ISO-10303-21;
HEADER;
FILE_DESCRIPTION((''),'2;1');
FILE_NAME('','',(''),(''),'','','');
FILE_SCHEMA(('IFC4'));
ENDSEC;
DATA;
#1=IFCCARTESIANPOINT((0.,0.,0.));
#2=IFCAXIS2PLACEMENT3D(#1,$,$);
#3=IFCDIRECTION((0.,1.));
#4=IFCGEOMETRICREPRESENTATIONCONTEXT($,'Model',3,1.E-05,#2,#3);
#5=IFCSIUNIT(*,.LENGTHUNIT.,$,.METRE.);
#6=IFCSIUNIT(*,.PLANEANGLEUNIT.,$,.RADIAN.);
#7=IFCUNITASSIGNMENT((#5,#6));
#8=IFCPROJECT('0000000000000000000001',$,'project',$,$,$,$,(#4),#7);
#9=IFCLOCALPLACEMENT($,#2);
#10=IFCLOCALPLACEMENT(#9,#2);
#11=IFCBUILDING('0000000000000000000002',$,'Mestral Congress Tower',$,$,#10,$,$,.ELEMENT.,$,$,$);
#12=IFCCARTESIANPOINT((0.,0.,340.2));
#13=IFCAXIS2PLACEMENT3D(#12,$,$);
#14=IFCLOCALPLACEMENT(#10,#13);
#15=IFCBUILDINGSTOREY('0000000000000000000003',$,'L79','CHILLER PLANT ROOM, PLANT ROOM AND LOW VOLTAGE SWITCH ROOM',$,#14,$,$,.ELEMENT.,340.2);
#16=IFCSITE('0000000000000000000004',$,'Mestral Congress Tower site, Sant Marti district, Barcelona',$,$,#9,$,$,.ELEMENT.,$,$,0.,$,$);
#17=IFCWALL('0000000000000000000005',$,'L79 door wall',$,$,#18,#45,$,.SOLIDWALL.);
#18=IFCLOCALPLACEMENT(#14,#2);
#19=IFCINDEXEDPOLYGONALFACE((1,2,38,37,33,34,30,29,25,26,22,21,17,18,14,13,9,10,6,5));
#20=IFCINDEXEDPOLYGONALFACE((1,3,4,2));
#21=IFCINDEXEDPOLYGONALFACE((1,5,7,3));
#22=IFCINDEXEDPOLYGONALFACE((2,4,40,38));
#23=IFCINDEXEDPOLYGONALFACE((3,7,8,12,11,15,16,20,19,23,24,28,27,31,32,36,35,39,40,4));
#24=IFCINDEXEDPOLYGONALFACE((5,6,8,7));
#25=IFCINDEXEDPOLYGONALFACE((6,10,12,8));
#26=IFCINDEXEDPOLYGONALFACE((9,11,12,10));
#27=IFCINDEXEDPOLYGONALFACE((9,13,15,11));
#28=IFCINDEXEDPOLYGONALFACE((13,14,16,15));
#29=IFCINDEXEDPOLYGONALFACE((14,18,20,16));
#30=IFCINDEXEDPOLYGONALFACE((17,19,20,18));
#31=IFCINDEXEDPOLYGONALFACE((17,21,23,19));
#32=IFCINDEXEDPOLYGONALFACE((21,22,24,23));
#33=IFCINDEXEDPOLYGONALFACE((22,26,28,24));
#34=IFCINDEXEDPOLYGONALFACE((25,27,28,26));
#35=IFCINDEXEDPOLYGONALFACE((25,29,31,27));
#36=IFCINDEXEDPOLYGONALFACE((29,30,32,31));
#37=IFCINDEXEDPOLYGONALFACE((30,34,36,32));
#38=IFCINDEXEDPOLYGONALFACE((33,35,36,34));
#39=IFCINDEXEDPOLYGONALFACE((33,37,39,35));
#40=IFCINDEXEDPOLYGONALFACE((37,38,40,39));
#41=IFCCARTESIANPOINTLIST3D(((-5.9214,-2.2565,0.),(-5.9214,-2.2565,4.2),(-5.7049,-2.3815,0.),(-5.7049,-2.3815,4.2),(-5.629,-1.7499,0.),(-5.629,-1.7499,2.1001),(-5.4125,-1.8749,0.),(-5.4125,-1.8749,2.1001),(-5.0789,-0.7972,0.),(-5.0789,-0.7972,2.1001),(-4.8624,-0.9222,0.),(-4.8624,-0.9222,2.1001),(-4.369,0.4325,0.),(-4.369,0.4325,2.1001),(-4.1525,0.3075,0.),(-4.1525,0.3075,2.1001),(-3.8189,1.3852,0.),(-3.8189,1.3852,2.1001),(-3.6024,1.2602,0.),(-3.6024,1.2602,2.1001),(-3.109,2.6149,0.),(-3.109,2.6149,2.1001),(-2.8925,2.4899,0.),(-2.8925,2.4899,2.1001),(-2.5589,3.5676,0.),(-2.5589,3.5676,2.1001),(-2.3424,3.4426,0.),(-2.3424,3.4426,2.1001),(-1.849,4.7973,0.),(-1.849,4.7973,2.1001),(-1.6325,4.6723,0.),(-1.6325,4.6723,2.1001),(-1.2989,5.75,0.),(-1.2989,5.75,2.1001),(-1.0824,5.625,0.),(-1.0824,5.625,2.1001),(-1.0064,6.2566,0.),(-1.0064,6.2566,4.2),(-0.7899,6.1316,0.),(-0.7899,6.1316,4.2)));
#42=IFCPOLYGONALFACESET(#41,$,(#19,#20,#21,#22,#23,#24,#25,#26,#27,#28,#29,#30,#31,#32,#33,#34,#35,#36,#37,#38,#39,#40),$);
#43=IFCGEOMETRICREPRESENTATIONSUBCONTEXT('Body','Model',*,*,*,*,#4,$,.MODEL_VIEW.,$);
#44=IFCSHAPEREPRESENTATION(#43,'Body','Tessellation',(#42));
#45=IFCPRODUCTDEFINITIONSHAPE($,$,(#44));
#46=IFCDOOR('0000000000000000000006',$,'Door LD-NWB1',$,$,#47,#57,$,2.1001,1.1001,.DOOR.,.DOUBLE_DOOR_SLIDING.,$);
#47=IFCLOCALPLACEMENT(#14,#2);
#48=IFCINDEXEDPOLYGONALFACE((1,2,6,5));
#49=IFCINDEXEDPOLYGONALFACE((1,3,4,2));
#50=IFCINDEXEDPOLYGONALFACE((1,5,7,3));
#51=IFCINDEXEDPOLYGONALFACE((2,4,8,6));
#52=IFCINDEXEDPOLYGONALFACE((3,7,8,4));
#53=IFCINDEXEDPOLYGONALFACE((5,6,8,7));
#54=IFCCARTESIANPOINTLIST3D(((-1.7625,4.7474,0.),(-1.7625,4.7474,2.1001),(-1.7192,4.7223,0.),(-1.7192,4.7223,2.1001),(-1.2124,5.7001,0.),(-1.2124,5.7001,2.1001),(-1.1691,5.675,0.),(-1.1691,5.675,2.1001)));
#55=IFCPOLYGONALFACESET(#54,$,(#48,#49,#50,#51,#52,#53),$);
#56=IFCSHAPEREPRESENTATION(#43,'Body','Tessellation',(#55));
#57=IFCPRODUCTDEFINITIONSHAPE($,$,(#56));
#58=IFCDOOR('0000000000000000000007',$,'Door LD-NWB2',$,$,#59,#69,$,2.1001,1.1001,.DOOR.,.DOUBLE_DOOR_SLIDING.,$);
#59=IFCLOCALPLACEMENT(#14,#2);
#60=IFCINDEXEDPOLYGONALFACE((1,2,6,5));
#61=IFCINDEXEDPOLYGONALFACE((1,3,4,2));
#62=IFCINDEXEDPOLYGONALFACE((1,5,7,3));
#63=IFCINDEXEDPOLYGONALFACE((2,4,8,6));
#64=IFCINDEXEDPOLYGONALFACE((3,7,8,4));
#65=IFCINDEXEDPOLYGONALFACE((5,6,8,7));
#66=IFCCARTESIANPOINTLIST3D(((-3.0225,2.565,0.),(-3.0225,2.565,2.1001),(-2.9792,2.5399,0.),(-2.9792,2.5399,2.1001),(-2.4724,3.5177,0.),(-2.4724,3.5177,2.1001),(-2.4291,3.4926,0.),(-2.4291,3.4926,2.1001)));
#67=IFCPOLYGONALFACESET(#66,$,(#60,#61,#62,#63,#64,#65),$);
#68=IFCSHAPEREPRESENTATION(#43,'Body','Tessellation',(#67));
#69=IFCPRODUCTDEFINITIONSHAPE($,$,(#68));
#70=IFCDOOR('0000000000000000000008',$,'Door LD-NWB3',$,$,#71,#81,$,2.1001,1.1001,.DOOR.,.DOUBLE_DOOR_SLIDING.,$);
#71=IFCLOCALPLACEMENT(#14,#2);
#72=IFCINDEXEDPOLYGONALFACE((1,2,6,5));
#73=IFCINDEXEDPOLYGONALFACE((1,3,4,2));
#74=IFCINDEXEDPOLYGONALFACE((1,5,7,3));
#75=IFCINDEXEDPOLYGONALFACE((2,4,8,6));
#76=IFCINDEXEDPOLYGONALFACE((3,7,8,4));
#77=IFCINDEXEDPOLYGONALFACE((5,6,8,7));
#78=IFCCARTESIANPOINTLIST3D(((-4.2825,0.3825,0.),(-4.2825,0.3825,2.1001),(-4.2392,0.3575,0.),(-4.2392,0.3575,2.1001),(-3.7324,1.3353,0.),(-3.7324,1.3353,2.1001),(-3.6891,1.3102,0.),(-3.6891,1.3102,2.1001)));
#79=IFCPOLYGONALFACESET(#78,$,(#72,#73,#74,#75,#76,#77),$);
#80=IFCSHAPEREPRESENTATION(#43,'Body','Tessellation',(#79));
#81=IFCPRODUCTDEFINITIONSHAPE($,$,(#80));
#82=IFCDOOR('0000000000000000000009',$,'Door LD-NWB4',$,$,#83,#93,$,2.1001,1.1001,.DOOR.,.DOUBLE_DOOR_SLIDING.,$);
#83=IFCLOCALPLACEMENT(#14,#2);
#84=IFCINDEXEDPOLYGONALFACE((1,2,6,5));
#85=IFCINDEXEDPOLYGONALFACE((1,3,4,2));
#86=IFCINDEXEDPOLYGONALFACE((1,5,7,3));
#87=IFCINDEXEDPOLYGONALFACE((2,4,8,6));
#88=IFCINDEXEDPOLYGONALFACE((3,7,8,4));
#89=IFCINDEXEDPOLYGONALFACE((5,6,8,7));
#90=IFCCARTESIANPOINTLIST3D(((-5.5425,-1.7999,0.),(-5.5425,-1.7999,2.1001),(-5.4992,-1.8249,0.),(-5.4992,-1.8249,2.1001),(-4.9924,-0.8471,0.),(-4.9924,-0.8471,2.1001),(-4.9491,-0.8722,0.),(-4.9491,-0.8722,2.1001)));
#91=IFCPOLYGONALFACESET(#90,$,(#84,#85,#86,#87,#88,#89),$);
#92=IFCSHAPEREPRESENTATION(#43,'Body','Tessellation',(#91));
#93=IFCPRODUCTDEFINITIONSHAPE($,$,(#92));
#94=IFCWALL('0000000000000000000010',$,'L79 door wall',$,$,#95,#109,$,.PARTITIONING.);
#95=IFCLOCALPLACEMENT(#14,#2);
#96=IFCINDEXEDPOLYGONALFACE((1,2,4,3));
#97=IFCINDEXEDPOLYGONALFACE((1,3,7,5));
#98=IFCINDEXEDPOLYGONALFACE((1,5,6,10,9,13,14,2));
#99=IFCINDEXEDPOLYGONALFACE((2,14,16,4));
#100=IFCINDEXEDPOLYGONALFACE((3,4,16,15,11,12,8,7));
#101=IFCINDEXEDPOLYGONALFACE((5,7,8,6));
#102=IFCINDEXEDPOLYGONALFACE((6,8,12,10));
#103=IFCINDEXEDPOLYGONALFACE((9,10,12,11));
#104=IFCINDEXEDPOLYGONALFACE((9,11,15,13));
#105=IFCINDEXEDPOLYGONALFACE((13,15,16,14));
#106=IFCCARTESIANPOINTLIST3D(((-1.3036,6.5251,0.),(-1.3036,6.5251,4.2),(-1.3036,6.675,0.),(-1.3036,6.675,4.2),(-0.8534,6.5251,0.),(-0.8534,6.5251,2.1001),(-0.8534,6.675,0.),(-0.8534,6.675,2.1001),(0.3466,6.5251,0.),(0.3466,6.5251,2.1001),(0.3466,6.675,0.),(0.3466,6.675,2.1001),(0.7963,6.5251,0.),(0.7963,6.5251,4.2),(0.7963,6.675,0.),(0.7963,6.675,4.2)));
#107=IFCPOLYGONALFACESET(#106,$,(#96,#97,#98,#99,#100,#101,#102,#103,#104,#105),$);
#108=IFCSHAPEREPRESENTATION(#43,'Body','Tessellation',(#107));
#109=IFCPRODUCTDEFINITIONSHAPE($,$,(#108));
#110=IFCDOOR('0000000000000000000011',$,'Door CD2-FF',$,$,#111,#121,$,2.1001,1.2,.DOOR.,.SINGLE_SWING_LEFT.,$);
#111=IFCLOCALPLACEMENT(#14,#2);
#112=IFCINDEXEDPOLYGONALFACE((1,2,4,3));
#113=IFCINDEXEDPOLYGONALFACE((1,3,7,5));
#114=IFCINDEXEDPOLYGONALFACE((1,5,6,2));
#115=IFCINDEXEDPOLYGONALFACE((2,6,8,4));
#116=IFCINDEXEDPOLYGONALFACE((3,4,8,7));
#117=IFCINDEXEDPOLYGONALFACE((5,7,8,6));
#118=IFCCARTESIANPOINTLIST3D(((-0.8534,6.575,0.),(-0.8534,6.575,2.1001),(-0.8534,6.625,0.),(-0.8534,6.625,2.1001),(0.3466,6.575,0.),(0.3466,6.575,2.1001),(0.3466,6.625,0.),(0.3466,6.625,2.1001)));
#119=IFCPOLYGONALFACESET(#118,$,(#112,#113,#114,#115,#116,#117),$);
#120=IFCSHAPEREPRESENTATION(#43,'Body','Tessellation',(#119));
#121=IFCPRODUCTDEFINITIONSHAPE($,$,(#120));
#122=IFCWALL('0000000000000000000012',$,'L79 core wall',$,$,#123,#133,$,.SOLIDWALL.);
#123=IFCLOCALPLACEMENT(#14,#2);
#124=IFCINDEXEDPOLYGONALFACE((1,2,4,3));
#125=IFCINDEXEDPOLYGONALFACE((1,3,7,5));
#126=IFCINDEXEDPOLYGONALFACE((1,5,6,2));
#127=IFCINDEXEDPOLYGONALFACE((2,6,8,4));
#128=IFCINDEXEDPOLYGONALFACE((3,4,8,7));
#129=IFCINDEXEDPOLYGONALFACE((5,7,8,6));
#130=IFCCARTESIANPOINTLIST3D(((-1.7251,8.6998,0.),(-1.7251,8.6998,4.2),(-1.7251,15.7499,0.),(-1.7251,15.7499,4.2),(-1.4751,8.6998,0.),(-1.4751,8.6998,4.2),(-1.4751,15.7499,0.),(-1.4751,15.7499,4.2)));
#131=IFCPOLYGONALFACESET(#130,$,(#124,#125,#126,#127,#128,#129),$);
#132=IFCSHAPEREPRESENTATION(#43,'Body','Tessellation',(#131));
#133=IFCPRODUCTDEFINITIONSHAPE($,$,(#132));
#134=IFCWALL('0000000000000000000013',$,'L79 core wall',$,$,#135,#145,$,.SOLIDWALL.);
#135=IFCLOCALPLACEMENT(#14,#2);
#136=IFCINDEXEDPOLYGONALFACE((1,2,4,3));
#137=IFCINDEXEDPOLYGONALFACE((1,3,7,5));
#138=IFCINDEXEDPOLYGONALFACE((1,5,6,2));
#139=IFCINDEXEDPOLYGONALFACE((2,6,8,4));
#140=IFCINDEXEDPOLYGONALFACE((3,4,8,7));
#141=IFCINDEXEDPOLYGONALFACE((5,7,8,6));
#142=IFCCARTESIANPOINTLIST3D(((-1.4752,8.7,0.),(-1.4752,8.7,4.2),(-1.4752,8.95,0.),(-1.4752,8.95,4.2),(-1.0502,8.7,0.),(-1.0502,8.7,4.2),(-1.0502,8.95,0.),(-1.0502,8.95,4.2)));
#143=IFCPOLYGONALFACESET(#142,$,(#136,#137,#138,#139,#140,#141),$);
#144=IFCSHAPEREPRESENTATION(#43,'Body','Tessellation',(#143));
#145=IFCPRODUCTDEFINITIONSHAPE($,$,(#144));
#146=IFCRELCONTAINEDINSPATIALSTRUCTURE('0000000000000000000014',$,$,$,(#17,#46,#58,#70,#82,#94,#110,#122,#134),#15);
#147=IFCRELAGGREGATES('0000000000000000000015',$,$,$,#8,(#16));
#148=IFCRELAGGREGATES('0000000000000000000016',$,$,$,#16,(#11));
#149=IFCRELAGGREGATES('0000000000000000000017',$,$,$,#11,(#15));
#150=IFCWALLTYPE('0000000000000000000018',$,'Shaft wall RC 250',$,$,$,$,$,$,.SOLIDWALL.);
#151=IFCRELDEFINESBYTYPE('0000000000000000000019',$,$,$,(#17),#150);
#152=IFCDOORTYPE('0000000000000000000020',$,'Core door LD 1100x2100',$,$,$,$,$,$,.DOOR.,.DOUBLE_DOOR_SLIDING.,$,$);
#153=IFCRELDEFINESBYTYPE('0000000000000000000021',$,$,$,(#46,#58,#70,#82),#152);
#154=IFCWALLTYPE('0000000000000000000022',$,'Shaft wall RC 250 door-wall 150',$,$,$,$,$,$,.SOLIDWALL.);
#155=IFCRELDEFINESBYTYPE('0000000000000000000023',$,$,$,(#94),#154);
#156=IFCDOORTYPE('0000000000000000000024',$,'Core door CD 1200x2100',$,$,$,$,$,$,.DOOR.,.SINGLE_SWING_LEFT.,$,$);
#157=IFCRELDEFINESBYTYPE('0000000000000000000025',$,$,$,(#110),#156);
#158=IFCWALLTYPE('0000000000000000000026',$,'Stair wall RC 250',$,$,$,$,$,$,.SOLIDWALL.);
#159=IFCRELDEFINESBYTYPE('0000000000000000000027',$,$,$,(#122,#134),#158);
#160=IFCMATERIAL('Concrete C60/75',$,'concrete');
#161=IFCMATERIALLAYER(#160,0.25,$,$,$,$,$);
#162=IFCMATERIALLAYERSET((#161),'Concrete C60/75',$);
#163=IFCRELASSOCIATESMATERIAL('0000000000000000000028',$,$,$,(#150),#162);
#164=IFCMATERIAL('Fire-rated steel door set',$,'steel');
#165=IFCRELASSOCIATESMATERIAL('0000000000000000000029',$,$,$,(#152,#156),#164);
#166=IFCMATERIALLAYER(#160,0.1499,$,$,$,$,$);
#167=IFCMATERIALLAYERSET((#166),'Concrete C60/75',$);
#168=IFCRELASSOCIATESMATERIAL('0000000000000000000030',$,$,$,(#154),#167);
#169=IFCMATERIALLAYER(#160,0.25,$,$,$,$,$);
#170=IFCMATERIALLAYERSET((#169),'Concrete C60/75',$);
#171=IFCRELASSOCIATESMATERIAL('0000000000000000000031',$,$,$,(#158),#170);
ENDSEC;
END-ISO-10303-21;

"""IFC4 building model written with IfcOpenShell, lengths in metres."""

from ifc_helpers import new_model, si_unit, direction, frame, frame_2d, origin, place, context, subcontext, project, spatial, rectangle, extrude, material, layer, layer_set, type_object, element, fill, save


model = new_model("IFC4")

# Units and contexts
model_context = context("Model", 3, precision=1e-05, world=origin(), true_north=direction((0.0, 1.0)))
body_context = subcontext(model_context, "Body", "Model", "MODEL_VIEW")
ifc_project = project(units=[si_unit("LENGTHUNIT", "METRE"), si_unit("PLANEANGLEUNIT", "RADIAN")], contexts=[model_context])

# Site, building, storey
site_placement = place(None, origin())
site = spatial("IfcSite", under=ifc_project, at=site_placement, Name="Mestral Congress Tower site, Sant Marti district, Barcelona", CompositionType="ELEMENT", RefElevation=0.0)
building_placement = place(site_placement, origin())
building = spatial("IfcBuilding", under=site, at=building_placement, Name="Mestral Congress Tower", CompositionType="ELEMENT")
storey_placement = place(building_placement, frame((0.0, 0.0, 340.2)))
storey = spatial("IfcBuildingStorey", under=building, at=storey_placement, Name="L79", Description="CHILLER PLANT ROOM, PLANT ROOM AND LOW VOLTAGE SWITCH ROOM", CompositionType="ELEMENT", Elevation=340.2)

# Shared definitions
ifc_material_1 = material(Name="Concrete C60/75", Category="concrete")

# Shared definitions
ifc_layer_1 = layer(ifc_material_1, 0.25)
ifc_layer_set_1 = layer_set([ifc_layer_1], Name="Concrete C60/75")
wall_type_1 = type_object("IfcWallType", Name="Shaft wall RC 250", PredefinedType="SOLIDWALL", material=ifc_layer_set_1)

# Wall, openings, doors
wall_1_placement = place(storey_placement, frame((-0.8982, 6.1941, 0.0), z_axis=(0.0, 0.0, 1.0), x_axis=(-0.499996, -0.866028, 0.0)))
wall_1 = element("IfcWall", 1, at=wall_1_placement, inside=storey, type_object=wall_type_1, Name="L79 door wall", PredefinedType="SOLIDWALL", context=body_context, shape_type="SweptSolid", body=[
    extrude(rectangle(XDim=9.8301, YDim=0.25, at=frame_2d((4.915, 0.0))), origin(), (0.0, 0.0, 1.0), 4.2),
])
opening_1_placement = place(wall_1_placement, frame((0.585, 0.0, 0.0)))
opening_1 = element("IfcOpeningElement", 2, at=opening_1_placement, cuts=wall_1, PredefinedType="OPENING", context=body_context, shape_type="SweptSolid", body=[
    extrude(rectangle(XDim=1.1001, YDim=2.1001, at=frame_2d((0.55, 1.05))), frame((0.0, 0.135, 0.0), z_axis=(0.0, -1.0, 0.0), x_axis=(1.0, 0.0, 0.0)), (0.0, 0.0, 1.0), 0.27),
])
opening_2_placement = place(wall_1_placement, frame((3.105, 0.0, 0.0)))
opening_2 = element("IfcOpeningElement", 3, at=opening_2_placement, cuts=wall_1, PredefinedType="OPENING", context=body_context, shape_type="SweptSolid", body=[
    extrude(rectangle(XDim=1.1001, YDim=2.1001, at=frame_2d((0.55, 1.05))), frame((0.0, 0.135, 0.0), z_axis=(0.0, -1.0, 0.0), x_axis=(1.0, 0.0, 0.0)), (0.0, 0.0, 1.0), 0.27),
])
opening_3_placement = place(wall_1_placement, frame((5.625, 0.0, 0.0)))
opening_3 = element("IfcOpeningElement", 4, at=opening_3_placement, cuts=wall_1, PredefinedType="OPENING", context=body_context, shape_type="SweptSolid", body=[
    extrude(rectangle(XDim=1.1001, YDim=2.1001, at=frame_2d((0.55, 1.05))), frame((0.0, 0.135, 0.0), z_axis=(0.0, -1.0, 0.0), x_axis=(1.0, 0.0, 0.0)), (0.0, 0.0, 1.0), 0.27),
])
opening_4_placement = place(wall_1_placement, frame((8.145, 0.0, 0.0)))
opening_4 = element("IfcOpeningElement", 5, at=opening_4_placement, cuts=wall_1, PredefinedType="OPENING", context=body_context, shape_type="SweptSolid", body=[
    extrude(rectangle(XDim=1.1001, YDim=2.1001, at=frame_2d((0.55, 1.05))), frame((0.0, 0.135, 0.0), z_axis=(0.0, -1.0, 0.0), x_axis=(1.0, 0.0, 0.0)), (0.0, 0.0, 1.0), 0.27),
])
ifc_material_2 = material(Name="Fire-rated steel door set", Category="steel")
door_type_1 = type_object("IfcDoorType", Name="Core door LD 1100x2100", OperationType="DOUBLE_DOOR_SLIDING", PredefinedType="DOOR", material=ifc_material_2)
door_1_placement = place(opening_1_placement, origin())
door_1 = element("IfcDoor", 6, at=door_1_placement, inside=storey, type_object=door_type_1, Name="Door LD-NWB1", OperationType="DOUBLE_DOOR_SLIDING", OverallHeight=2.1001, OverallWidth=1.1001, PredefinedType="DOOR", context=body_context, shape_type="SweptSolid", body=[
    extrude(rectangle(XDim=1.1001, YDim=2.1001, at=frame_2d((0.55, 1.05))), frame((0.0, 0.0249, 0.0), z_axis=(0.0, -1.0, 0.0), x_axis=(1.0, 0.0, 0.0)), (0.0, 0.0, 1.0), 0.05),
])
fill(opening_1, door_1)
door_2_placement = place(opening_2_placement, origin())
door_2 = element("IfcDoor", 7, at=door_2_placement, inside=storey, type_object=door_type_1, Name="Door LD-NWB2", OperationType="DOUBLE_DOOR_SLIDING", OverallHeight=2.1001, OverallWidth=1.1001, PredefinedType="DOOR", context=body_context, shape_type="SweptSolid", body=[
    extrude(rectangle(XDim=1.1001, YDim=2.1001, at=frame_2d((0.55, 1.05))), frame((0.0, 0.0249, 0.0), z_axis=(0.0, -1.0, 0.0), x_axis=(1.0, 0.0, 0.0)), (0.0, 0.0, 1.0), 0.05),
])
fill(opening_2, door_2)
door_3_placement = place(opening_3_placement, origin())
door_3 = element("IfcDoor", 8, at=door_3_placement, inside=storey, type_object=door_type_1, Name="Door LD-NWB3", OperationType="DOUBLE_DOOR_SLIDING", OverallHeight=2.1001, OverallWidth=1.1001, PredefinedType="DOOR", context=body_context, shape_type="SweptSolid", body=[
    extrude(rectangle(XDim=1.1001, YDim=2.1001, at=frame_2d((0.55, 1.05))), frame((0.0, 0.0249, 0.0), z_axis=(0.0, -1.0, 0.0), x_axis=(1.0, 0.0, 0.0)), (0.0, 0.0, 1.0), 0.05),
])
fill(opening_3, door_3)
door_4_placement = place(opening_4_placement, origin())
door_4 = element("IfcDoor", 9, at=door_4_placement, inside=storey, type_object=door_type_1, Name="Door LD-NWB4", OperationType="DOUBLE_DOOR_SLIDING", OverallHeight=2.1001, OverallWidth=1.1001, PredefinedType="DOOR", context=body_context, shape_type="SweptSolid", body=[
    extrude(rectangle(XDim=1.1001, YDim=2.1001, at=frame_2d((0.55, 1.05))), frame((0.0, 0.0249, 0.0), z_axis=(0.0, -1.0, 0.0), x_axis=(1.0, 0.0, 0.0)), (0.0, 0.0, 1.0), 0.05),
])
fill(opening_4, door_4)

# Wall, opening, door
ifc_layer_2 = layer(ifc_material_1, 0.1499)
ifc_layer_set_2 = layer_set([ifc_layer_2], Name="Concrete C60/75")
wall_type_2 = type_object("IfcWallType", Name="Shaft wall RC 250 door-wall 150", PredefinedType="SOLIDWALL", material=ifc_layer_set_2)
wall_2_placement = place(storey_placement, frame((-1.3035, 6.6001, 0.0), z_axis=(0.0, 0.0, 1.0), x_axis=(1.0, 0.0, 0.0)))
wall_2 = element("IfcWall", 10, at=wall_2_placement, inside=storey, type_object=wall_type_2, Name="L79 door wall", PredefinedType="PARTITIONING", context=body_context, shape_type="SweptSolid", body=[
    extrude(rectangle(XDim=2.0999, YDim=0.1499, at=frame_2d((1.0498, 0.0))), origin(), (0.0, 0.0, 1.0), 4.2),
])
opening_5_placement = place(wall_2_placement, frame((0.45, 0.0, 0.0)))
opening_5 = element("IfcOpeningElement", 11, at=opening_5_placement, cuts=wall_2, PredefinedType="OPENING", context=body_context, shape_type="SweptSolid", body=[
    extrude(rectangle(XDim=1.2, YDim=2.1001, at=frame_2d((0.6001, 1.05))), frame((0.0, 0.085, 0.0), z_axis=(0.0, -1.0, 0.0), x_axis=(1.0, 0.0, 0.0)), (0.0, 0.0, 1.0), 0.1699),
])
door_type_2 = type_object("IfcDoorType", Name="Core door CD 1200x2100", OperationType="SINGLE_SWING_LEFT", PredefinedType="DOOR", material=ifc_material_2)
door_5_placement = place(opening_5_placement, origin())
door_5 = element("IfcDoor", 12, at=door_5_placement, inside=storey, type_object=door_type_2, Name="Door CD2-FF", OperationType="SINGLE_SWING_LEFT", OverallHeight=2.1001, OverallWidth=1.2, PredefinedType="DOOR", context=body_context, shape_type="SweptSolid", body=[
    extrude(rectangle(XDim=1.2, YDim=2.1001, at=frame_2d((0.6001, 1.05))), frame((0.0, 0.0249, 0.0), z_axis=(0.0, -1.0, 0.0), x_axis=(1.0, 0.0, 0.0)), (0.0, 0.0, 1.0), 0.05),
])
fill(opening_5, door_5)

# Walls
ifc_layer_3 = layer(ifc_material_1, 0.25)
ifc_layer_set_3 = layer_set([ifc_layer_3], Name="Concrete C60/75")
wall_type_3 = type_object("IfcWallType", Name="Stair wall RC 250", PredefinedType="SOLIDWALL", material=ifc_layer_set_3)
wall_3_placement = place(storey_placement, frame((-1.6001, 8.7, 0.0), z_axis=(0.0, 0.0, 1.0), x_axis=(0.0, 1.0, 0.0)))
element("IfcWall", 13, at=wall_3_placement, inside=storey, type_object=wall_type_3, Name="L79 core wall", PredefinedType="SOLIDWALL", context=body_context, shape_type="SweptSolid", body=[
    extrude(rectangle(XDim=7.05, YDim=0.25, at=frame_2d((3.5249, 0.0))), origin(), (0.0, 0.0, 1.0), 4.2),
])
wall_4_placement = place(storey_placement, frame((-1.4751, 8.825, 0.0), z_axis=(0.0, 0.0, 1.0), x_axis=(1.0, 0.0, 0.0)))
element("IfcWall", 14, at=wall_4_placement, inside=storey, type_object=wall_type_3, Name="L79 core wall", PredefinedType="SOLIDWALL", context=body_context, shape_type="SweptSolid", body=[
    extrude(rectangle(XDim=0.425, YDim=0.25, at=frame_2d((0.2124, 0.0))), origin(), (0.0, 0.0, 1.0), 4.2),
])

save(model, "model.ifc")
